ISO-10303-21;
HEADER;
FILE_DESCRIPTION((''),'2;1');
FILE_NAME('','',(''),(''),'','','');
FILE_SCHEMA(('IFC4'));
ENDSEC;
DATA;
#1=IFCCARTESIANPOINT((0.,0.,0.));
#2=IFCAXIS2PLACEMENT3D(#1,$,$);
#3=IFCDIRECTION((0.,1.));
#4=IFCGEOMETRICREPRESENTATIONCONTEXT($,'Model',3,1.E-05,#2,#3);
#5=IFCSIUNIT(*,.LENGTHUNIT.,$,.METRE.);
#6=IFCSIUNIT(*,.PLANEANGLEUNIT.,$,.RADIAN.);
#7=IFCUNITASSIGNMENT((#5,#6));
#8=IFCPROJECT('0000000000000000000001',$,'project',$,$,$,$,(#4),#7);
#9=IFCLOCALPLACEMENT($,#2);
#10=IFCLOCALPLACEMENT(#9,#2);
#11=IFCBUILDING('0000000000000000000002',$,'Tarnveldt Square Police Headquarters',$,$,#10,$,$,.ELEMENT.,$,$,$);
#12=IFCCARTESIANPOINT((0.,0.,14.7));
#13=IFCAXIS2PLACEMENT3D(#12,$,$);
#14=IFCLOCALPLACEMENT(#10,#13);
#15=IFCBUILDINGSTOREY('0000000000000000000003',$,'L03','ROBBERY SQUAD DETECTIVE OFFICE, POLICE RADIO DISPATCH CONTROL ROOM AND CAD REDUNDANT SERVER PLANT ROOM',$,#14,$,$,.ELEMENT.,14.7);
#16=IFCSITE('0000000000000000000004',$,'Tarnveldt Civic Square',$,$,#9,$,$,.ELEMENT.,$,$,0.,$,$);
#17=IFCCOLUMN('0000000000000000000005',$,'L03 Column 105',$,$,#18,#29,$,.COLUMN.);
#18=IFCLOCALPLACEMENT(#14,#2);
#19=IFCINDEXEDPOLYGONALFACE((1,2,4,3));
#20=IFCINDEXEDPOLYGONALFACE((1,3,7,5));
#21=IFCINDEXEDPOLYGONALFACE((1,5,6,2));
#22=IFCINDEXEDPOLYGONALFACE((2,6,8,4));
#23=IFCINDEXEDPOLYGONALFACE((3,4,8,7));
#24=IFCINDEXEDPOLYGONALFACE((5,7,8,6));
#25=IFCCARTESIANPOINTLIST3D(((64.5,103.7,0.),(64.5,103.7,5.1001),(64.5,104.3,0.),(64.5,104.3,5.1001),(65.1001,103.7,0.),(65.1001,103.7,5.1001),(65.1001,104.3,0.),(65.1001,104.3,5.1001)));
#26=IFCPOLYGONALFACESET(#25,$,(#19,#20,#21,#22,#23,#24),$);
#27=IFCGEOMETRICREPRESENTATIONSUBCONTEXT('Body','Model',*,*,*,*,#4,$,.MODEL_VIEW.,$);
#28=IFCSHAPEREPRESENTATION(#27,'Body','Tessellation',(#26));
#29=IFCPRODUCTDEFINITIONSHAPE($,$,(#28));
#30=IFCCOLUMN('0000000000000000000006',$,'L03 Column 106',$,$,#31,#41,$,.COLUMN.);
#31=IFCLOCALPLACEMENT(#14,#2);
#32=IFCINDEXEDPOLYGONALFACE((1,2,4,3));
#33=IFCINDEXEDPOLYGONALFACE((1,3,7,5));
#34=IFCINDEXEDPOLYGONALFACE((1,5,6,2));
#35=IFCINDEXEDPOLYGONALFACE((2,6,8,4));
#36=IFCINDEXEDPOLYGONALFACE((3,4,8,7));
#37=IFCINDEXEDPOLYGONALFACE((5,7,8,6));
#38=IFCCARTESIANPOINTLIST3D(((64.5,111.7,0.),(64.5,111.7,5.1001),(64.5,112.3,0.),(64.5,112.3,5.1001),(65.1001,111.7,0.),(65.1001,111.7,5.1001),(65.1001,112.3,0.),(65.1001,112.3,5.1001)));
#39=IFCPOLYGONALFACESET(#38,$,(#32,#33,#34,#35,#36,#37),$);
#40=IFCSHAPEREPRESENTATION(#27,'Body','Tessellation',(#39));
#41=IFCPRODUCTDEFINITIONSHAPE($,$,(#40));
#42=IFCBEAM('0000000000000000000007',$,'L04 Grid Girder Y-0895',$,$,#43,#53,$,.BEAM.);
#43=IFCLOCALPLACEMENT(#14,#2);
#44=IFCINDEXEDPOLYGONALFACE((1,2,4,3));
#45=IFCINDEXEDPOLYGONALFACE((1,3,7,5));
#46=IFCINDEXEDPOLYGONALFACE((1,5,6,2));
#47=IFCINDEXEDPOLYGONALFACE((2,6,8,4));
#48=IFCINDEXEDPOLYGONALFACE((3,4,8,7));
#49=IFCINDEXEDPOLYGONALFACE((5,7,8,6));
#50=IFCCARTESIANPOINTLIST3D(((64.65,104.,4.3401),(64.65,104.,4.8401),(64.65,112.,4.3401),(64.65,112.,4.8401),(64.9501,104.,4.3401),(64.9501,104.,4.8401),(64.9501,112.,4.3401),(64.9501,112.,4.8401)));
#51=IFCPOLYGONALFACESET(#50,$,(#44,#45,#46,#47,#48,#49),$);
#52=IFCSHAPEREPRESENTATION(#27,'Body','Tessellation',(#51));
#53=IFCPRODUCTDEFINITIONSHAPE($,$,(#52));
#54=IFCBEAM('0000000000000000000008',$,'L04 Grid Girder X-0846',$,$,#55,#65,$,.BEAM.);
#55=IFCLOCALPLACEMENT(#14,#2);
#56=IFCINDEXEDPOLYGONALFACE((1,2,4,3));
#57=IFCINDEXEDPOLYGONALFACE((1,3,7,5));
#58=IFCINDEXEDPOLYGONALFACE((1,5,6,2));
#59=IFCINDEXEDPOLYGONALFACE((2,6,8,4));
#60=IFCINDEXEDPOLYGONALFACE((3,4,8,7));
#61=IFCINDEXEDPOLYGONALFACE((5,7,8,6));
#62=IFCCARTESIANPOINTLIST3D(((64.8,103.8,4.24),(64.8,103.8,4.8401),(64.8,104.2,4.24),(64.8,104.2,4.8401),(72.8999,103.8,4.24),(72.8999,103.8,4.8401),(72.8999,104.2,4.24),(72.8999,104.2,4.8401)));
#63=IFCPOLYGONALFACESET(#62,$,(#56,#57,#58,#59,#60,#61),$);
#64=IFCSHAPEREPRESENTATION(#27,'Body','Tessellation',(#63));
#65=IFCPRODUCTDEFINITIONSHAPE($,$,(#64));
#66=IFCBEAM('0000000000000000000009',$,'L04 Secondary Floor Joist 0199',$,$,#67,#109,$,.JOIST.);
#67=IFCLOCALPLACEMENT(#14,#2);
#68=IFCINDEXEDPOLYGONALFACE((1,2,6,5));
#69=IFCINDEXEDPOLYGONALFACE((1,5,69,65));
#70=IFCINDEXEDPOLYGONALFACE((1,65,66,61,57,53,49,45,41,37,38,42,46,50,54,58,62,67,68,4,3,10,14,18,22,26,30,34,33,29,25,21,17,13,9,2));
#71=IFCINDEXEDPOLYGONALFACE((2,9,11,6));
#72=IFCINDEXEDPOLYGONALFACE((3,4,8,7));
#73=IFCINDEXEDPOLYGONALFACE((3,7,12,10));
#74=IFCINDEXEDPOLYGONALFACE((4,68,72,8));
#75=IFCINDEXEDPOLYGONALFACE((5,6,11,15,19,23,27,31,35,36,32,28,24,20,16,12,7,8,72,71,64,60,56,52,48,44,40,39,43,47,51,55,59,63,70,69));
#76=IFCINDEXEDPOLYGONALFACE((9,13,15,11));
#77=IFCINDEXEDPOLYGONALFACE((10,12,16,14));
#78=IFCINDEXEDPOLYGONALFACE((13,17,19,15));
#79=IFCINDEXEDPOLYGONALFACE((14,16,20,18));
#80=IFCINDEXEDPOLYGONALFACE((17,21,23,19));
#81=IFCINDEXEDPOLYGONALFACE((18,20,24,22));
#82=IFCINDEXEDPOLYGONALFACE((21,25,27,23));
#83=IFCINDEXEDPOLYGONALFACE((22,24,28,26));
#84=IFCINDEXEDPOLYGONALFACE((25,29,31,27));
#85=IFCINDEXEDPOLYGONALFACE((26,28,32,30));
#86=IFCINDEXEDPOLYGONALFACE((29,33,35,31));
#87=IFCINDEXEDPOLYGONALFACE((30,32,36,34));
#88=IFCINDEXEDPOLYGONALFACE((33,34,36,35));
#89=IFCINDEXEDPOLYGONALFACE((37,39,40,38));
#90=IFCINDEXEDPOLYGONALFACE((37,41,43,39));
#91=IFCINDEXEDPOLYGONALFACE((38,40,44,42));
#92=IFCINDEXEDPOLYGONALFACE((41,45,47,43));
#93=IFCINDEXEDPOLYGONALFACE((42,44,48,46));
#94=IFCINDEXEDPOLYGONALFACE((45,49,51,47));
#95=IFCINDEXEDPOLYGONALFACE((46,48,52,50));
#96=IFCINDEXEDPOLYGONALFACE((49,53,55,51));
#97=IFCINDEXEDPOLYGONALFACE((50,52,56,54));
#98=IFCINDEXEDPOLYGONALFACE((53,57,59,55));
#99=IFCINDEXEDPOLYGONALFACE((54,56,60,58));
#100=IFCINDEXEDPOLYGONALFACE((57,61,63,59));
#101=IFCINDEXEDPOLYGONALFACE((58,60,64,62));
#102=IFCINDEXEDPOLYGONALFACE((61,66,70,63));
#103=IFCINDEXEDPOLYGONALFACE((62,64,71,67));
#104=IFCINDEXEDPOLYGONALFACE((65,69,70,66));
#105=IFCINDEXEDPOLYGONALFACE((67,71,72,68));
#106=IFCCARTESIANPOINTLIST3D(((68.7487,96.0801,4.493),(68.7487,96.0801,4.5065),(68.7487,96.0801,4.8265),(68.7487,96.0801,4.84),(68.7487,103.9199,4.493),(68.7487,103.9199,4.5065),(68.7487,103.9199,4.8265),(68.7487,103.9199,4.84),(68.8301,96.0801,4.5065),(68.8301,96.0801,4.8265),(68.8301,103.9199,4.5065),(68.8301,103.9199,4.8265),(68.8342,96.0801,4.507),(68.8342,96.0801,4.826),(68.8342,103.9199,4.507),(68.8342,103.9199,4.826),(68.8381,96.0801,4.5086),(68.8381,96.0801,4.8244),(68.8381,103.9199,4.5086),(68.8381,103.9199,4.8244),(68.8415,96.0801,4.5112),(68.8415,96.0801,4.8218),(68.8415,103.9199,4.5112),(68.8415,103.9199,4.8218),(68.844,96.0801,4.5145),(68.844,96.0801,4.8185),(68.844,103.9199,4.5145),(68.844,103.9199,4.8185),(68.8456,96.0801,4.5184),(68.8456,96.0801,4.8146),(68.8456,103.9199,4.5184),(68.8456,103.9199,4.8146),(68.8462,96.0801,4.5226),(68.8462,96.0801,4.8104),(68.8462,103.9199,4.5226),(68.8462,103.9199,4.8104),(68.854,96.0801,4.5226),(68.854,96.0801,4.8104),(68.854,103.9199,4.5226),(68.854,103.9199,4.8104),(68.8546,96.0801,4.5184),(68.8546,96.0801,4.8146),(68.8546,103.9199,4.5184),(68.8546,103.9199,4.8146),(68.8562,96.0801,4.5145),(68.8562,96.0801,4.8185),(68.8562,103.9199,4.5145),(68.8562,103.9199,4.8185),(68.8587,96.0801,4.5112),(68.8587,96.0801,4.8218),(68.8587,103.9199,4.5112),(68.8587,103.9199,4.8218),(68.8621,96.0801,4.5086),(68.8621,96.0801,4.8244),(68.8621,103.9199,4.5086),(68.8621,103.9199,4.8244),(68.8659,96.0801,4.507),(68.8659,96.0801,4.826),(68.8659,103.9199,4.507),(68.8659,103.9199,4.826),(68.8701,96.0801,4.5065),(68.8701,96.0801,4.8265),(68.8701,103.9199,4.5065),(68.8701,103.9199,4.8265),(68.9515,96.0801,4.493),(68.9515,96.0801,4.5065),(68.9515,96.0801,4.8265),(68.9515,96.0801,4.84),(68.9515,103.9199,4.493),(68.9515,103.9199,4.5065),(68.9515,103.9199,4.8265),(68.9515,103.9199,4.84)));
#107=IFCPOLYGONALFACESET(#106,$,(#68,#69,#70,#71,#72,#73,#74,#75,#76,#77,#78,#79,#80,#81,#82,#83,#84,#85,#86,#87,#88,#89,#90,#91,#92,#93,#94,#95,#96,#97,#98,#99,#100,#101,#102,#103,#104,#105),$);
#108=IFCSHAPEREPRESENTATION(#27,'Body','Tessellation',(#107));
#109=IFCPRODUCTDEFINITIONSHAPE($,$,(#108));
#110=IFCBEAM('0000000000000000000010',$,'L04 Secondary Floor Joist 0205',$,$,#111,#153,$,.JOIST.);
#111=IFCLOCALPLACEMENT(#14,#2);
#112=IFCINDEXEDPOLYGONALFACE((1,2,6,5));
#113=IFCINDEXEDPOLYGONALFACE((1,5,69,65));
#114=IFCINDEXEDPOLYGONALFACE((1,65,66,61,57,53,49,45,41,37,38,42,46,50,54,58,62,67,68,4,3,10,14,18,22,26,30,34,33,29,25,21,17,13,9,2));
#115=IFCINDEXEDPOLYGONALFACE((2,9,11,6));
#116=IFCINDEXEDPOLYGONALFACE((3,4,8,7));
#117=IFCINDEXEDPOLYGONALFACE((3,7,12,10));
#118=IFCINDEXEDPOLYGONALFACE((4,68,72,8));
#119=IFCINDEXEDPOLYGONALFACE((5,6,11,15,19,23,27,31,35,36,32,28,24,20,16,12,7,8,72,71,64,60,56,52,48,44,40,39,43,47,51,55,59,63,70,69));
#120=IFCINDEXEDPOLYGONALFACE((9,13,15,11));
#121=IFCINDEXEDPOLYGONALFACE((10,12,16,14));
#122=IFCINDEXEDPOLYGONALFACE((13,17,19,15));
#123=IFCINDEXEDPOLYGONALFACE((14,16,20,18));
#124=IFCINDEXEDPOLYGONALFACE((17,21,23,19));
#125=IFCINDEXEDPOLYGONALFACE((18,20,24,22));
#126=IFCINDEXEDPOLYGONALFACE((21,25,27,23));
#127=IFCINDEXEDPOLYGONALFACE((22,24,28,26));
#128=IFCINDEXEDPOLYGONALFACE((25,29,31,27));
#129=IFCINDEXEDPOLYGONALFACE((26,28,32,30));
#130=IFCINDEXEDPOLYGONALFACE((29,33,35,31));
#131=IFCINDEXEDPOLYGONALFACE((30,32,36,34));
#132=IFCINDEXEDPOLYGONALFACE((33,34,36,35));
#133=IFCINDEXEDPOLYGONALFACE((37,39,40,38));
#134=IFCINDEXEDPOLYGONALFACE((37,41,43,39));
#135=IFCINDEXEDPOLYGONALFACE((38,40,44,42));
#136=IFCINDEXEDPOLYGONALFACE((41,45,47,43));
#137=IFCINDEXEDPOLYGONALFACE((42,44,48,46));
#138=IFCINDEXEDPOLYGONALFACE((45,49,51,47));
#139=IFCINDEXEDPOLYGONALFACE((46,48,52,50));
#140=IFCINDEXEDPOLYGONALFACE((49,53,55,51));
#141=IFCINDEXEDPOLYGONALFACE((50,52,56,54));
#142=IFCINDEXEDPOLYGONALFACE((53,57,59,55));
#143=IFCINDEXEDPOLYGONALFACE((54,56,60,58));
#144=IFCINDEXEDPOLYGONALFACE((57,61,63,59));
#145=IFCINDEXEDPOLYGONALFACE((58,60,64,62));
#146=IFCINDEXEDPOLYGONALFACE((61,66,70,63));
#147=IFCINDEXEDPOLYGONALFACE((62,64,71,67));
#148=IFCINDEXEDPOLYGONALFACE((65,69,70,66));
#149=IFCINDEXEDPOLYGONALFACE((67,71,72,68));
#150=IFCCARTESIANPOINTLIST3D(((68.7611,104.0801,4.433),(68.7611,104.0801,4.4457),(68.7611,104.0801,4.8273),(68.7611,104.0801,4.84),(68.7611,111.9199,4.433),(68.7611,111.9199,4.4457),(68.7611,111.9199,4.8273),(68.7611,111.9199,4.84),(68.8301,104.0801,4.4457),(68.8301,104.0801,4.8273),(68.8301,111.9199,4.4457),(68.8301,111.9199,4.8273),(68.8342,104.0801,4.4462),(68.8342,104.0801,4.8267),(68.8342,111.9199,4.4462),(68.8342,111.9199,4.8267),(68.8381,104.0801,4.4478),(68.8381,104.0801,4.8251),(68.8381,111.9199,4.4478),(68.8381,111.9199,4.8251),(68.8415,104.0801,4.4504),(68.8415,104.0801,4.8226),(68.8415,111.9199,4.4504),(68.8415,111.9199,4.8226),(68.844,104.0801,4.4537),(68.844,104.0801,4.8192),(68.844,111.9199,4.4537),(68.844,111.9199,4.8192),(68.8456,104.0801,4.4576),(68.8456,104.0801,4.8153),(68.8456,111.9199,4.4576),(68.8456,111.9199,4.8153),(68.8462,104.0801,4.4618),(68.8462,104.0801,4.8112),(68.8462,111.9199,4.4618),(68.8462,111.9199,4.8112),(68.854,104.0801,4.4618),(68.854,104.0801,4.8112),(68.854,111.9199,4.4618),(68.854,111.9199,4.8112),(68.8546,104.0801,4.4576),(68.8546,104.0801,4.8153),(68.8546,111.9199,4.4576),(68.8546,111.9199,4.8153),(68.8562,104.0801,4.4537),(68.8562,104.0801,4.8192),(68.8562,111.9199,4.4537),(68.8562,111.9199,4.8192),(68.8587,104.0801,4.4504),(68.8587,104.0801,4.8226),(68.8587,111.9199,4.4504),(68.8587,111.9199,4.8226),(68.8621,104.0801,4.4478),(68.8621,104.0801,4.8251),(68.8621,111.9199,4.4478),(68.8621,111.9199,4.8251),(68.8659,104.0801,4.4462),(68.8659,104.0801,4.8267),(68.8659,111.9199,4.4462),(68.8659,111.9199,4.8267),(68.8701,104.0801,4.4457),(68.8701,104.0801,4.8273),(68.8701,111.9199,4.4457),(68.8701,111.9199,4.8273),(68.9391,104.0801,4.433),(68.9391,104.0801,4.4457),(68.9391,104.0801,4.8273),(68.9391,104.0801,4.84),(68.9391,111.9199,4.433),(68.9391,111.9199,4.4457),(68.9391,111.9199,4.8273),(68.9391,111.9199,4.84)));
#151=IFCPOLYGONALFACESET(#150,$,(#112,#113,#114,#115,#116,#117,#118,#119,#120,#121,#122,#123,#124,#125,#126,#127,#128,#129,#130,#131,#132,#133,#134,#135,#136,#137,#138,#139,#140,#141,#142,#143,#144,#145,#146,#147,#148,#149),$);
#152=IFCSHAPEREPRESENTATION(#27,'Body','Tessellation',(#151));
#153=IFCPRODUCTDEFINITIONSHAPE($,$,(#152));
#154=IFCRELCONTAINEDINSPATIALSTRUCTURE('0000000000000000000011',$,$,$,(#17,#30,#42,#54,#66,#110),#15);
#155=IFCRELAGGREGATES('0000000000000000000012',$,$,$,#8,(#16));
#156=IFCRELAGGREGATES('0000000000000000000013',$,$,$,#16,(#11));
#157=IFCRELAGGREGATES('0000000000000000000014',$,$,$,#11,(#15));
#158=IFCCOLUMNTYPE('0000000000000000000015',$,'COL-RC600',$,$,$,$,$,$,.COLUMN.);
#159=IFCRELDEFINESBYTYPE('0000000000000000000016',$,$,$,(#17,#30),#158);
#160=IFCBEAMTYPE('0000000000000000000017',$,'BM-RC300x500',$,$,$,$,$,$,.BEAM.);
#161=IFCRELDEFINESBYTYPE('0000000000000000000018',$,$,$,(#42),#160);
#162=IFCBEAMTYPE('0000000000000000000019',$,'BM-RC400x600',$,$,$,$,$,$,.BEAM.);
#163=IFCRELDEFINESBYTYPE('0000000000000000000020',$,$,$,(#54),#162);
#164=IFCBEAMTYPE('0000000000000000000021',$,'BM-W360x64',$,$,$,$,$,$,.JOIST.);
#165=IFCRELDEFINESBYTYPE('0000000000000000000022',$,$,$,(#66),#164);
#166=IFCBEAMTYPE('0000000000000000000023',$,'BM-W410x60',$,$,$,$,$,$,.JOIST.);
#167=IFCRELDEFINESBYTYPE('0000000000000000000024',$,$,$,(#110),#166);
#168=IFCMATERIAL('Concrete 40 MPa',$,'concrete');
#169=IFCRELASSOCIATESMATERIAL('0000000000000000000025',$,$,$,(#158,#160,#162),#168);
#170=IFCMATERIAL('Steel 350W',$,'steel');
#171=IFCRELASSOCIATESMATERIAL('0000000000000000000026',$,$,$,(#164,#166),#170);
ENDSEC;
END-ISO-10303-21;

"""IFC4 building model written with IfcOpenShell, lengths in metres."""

from ifc_helpers import new_model, si_unit, direction, frame, origin, origin_2d, place, context, subcontext, project, spatial, rectangle, i_section, extrude, material, material_profile, profile_set, type_object, element, save


model = new_model("IFC4")

# Units and contexts
model_context = context("Model", 3, precision=1e-05, world=origin(), true_north=direction((0.0, 1.0)))
body_context = subcontext(model_context, "Body", "Model", "MODEL_VIEW")
ifc_project = project(units=[si_unit("LENGTHUNIT", "METRE"), si_unit("PLANEANGLEUNIT", "RADIAN")], contexts=[model_context])

# Site, building, storey
site_placement = place(None, origin())
site = spatial("IfcSite", under=ifc_project, at=site_placement, Name="Tarnveldt Civic Square", CompositionType="ELEMENT", RefElevation=0.0)
building_placement = place(site_placement, origin())
building = spatial("IfcBuilding", under=site, at=building_placement, Name="Tarnveldt Square Police Headquarters", CompositionType="ELEMENT")
storey_placement = place(building_placement, frame((0.0, 0.0, 14.7)))
storey = spatial("IfcBuildingStorey", under=building, at=storey_placement, Name="L03", Description="ROBBERY SQUAD DETECTIVE OFFICE, POLICE RADIO DISPATCH CONTROL ROOM AND CAD REDUNDANT SERVER PLANT ROOM", CompositionType="ELEMENT", Elevation=14.7)

# Columns
ifc_material_1 = material(Name="Concrete 40 MPa", Category="concrete")
ifc_material_profile_1 = material_profile(ifc_material_1, rectangle(XDim=0.6001, YDim=0.6001, at=origin_2d()), Name="RC-C600x600")
ifc_profile_set_1 = profile_set([ifc_material_profile_1], Name="Concrete 40 MPa")
column_type = type_object("IfcColumnType", Name="COL-RC600", PredefinedType="COLUMN", material=ifc_profile_set_1)
for number, where, z_axis, x_axis, name in (
    (1, (64.8, 104.0, 0.0), (0.0, 0.0, 1.0), (1.0, 0.0, 0.0), "L03 Column 105"),
    (2, (64.8, 112.0, 0.0), (0.0, 0.0, 1.0), (1.0, 0.0, 0.0), "L03 Column 106"),
):
    element("IfcColumn", number, at=place(storey_placement, frame(where, z_axis=z_axis, x_axis=x_axis)), inside=storey, type_object=column_type, Name=name, PredefinedType="COLUMN", context=body_context, shape_type="SweptSolid", body=[
        extrude(rectangle(XDim=0.6001, YDim=0.6001, at=origin_2d()), origin(), (0.0, 0.0, 1.0), 5.1001),
    ])

# Beams
ifc_material_profile_2 = material_profile(ifc_material_1, rectangle(XDim=0.3, YDim=0.5, at=origin_2d()), Name="RC-B300x500")
ifc_profile_set_2 = profile_set([ifc_material_profile_2], Name="Concrete 40 MPa")
beam_type_1 = type_object("IfcBeamType", Name="BM-RC300x500", PredefinedType="BEAM", material=ifc_profile_set_2)
beam_1_placement = place(storey_placement, frame((64.8, 104.0, 4.5901), z_axis=(0.0, 1.0, 0.0), x_axis=(-1.0, 0.0, 0.0)))
element("IfcBeam", 3, at=beam_1_placement, inside=storey, type_object=beam_type_1, Name="L04 Grid Girder Y-0895", PredefinedType="BEAM", context=body_context, shape_type="SweptSolid", body=[
    extrude(rectangle(XDim=0.3, YDim=0.5, at=origin_2d()), origin(), (0.0, 0.0, 1.0), 8.0),
])
ifc_material_profile_3 = material_profile(ifc_material_1, rectangle(XDim=0.3999, YDim=0.6001, at=origin_2d()), Name="RC-B400x600")
ifc_profile_set_3 = profile_set([ifc_material_profile_3], Name="Concrete 40 MPa")
beam_type_2 = type_object("IfcBeamType", Name="BM-RC400x600", PredefinedType="BEAM", material=ifc_profile_set_3)
beam_2_placement = place(storey_placement, frame((64.8, 104.0, 4.54), z_axis=(1.0, 0.0, 0.0), x_axis=(0.0, 1.0, 0.0)))
element("IfcBeam", 4, at=beam_2_placement, inside=storey, type_object=beam_type_2, Name="L04 Grid Girder X-0846", PredefinedType="BEAM", context=body_context, shape_type="SweptSolid", body=[
    extrude(rectangle(XDim=0.3999, YDim=0.6001, at=origin_2d()), origin(), (0.0, 0.0, 1.0), 8.0999),
])
ifc_material_2 = material(Name="Steel 350W", Category="steel")
ifc_material_profile_4 = material_profile(ifc_material_2, i_section(OverallWidth=0.2029, OverallDepth=0.3469, WebThickness=0.0078, FlangeThickness=0.0134, FilletRadius=0.0161, at=origin_2d()), Name="W360x64")
ifc_profile_set_4 = profile_set([ifc_material_profile_4], Name="Steel 350W")
beam_type_3 = type_object("IfcBeamType", Name="BM-W360x64", PredefinedType="JOIST", material=ifc_profile_set_4)
beam_3_placement = place(storey_placement, frame((68.8501, 96.0801, 4.6665), z_axis=(0.0, 1.0, 0.0), x_axis=(-1.0, 0.0, 0.0)))
element("IfcBeam", 5, at=beam_3_placement, inside=storey, type_object=beam_type_3, Name="L04 Secondary Floor Joist 0199", PredefinedType="JOIST", context=body_context, shape_type="SweptSolid", body=[
    extrude(i_section(OverallWidth=0.2029, OverallDepth=0.3469, WebThickness=0.0078, FlangeThickness=0.0134, FilletRadius=0.0161, at=origin_2d()), origin(), (0.0, 0.0, 1.0), 7.8398),
])
ifc_material_profile_5 = material_profile(ifc_material_2, i_section(OverallWidth=0.178, OverallDepth=0.407, WebThickness=0.0078, FlangeThickness=0.0127, FilletRadius=0.0161, at=origin_2d()), Name="W410x60")
ifc_profile_set_5 = profile_set([ifc_material_profile_5], Name="Steel 350W")
beam_type_4 = type_object("IfcBeamType", Name="BM-W410x60", PredefinedType="JOIST", material=ifc_profile_set_5)
beam_4_placement = place(storey_placement, frame((68.8501, 104.0801, 4.6365), z_axis=(0.0, 1.0, 0.0), x_axis=(-1.0, 0.0, 0.0)))
element("IfcBeam", 6, at=beam_4_placement, inside=storey, type_object=beam_type_4, Name="L04 Secondary Floor Joist 0205", PredefinedType="JOIST", context=body_context, shape_type="SweptSolid", body=[
    extrude(i_section(OverallWidth=0.178, OverallDepth=0.407, WebThickness=0.0078, FlangeThickness=0.0127, FilletRadius=0.0161, at=origin_2d()), origin(), (0.0, 0.0, 1.0), 7.8398),
])

save(model, "model.ifc")
